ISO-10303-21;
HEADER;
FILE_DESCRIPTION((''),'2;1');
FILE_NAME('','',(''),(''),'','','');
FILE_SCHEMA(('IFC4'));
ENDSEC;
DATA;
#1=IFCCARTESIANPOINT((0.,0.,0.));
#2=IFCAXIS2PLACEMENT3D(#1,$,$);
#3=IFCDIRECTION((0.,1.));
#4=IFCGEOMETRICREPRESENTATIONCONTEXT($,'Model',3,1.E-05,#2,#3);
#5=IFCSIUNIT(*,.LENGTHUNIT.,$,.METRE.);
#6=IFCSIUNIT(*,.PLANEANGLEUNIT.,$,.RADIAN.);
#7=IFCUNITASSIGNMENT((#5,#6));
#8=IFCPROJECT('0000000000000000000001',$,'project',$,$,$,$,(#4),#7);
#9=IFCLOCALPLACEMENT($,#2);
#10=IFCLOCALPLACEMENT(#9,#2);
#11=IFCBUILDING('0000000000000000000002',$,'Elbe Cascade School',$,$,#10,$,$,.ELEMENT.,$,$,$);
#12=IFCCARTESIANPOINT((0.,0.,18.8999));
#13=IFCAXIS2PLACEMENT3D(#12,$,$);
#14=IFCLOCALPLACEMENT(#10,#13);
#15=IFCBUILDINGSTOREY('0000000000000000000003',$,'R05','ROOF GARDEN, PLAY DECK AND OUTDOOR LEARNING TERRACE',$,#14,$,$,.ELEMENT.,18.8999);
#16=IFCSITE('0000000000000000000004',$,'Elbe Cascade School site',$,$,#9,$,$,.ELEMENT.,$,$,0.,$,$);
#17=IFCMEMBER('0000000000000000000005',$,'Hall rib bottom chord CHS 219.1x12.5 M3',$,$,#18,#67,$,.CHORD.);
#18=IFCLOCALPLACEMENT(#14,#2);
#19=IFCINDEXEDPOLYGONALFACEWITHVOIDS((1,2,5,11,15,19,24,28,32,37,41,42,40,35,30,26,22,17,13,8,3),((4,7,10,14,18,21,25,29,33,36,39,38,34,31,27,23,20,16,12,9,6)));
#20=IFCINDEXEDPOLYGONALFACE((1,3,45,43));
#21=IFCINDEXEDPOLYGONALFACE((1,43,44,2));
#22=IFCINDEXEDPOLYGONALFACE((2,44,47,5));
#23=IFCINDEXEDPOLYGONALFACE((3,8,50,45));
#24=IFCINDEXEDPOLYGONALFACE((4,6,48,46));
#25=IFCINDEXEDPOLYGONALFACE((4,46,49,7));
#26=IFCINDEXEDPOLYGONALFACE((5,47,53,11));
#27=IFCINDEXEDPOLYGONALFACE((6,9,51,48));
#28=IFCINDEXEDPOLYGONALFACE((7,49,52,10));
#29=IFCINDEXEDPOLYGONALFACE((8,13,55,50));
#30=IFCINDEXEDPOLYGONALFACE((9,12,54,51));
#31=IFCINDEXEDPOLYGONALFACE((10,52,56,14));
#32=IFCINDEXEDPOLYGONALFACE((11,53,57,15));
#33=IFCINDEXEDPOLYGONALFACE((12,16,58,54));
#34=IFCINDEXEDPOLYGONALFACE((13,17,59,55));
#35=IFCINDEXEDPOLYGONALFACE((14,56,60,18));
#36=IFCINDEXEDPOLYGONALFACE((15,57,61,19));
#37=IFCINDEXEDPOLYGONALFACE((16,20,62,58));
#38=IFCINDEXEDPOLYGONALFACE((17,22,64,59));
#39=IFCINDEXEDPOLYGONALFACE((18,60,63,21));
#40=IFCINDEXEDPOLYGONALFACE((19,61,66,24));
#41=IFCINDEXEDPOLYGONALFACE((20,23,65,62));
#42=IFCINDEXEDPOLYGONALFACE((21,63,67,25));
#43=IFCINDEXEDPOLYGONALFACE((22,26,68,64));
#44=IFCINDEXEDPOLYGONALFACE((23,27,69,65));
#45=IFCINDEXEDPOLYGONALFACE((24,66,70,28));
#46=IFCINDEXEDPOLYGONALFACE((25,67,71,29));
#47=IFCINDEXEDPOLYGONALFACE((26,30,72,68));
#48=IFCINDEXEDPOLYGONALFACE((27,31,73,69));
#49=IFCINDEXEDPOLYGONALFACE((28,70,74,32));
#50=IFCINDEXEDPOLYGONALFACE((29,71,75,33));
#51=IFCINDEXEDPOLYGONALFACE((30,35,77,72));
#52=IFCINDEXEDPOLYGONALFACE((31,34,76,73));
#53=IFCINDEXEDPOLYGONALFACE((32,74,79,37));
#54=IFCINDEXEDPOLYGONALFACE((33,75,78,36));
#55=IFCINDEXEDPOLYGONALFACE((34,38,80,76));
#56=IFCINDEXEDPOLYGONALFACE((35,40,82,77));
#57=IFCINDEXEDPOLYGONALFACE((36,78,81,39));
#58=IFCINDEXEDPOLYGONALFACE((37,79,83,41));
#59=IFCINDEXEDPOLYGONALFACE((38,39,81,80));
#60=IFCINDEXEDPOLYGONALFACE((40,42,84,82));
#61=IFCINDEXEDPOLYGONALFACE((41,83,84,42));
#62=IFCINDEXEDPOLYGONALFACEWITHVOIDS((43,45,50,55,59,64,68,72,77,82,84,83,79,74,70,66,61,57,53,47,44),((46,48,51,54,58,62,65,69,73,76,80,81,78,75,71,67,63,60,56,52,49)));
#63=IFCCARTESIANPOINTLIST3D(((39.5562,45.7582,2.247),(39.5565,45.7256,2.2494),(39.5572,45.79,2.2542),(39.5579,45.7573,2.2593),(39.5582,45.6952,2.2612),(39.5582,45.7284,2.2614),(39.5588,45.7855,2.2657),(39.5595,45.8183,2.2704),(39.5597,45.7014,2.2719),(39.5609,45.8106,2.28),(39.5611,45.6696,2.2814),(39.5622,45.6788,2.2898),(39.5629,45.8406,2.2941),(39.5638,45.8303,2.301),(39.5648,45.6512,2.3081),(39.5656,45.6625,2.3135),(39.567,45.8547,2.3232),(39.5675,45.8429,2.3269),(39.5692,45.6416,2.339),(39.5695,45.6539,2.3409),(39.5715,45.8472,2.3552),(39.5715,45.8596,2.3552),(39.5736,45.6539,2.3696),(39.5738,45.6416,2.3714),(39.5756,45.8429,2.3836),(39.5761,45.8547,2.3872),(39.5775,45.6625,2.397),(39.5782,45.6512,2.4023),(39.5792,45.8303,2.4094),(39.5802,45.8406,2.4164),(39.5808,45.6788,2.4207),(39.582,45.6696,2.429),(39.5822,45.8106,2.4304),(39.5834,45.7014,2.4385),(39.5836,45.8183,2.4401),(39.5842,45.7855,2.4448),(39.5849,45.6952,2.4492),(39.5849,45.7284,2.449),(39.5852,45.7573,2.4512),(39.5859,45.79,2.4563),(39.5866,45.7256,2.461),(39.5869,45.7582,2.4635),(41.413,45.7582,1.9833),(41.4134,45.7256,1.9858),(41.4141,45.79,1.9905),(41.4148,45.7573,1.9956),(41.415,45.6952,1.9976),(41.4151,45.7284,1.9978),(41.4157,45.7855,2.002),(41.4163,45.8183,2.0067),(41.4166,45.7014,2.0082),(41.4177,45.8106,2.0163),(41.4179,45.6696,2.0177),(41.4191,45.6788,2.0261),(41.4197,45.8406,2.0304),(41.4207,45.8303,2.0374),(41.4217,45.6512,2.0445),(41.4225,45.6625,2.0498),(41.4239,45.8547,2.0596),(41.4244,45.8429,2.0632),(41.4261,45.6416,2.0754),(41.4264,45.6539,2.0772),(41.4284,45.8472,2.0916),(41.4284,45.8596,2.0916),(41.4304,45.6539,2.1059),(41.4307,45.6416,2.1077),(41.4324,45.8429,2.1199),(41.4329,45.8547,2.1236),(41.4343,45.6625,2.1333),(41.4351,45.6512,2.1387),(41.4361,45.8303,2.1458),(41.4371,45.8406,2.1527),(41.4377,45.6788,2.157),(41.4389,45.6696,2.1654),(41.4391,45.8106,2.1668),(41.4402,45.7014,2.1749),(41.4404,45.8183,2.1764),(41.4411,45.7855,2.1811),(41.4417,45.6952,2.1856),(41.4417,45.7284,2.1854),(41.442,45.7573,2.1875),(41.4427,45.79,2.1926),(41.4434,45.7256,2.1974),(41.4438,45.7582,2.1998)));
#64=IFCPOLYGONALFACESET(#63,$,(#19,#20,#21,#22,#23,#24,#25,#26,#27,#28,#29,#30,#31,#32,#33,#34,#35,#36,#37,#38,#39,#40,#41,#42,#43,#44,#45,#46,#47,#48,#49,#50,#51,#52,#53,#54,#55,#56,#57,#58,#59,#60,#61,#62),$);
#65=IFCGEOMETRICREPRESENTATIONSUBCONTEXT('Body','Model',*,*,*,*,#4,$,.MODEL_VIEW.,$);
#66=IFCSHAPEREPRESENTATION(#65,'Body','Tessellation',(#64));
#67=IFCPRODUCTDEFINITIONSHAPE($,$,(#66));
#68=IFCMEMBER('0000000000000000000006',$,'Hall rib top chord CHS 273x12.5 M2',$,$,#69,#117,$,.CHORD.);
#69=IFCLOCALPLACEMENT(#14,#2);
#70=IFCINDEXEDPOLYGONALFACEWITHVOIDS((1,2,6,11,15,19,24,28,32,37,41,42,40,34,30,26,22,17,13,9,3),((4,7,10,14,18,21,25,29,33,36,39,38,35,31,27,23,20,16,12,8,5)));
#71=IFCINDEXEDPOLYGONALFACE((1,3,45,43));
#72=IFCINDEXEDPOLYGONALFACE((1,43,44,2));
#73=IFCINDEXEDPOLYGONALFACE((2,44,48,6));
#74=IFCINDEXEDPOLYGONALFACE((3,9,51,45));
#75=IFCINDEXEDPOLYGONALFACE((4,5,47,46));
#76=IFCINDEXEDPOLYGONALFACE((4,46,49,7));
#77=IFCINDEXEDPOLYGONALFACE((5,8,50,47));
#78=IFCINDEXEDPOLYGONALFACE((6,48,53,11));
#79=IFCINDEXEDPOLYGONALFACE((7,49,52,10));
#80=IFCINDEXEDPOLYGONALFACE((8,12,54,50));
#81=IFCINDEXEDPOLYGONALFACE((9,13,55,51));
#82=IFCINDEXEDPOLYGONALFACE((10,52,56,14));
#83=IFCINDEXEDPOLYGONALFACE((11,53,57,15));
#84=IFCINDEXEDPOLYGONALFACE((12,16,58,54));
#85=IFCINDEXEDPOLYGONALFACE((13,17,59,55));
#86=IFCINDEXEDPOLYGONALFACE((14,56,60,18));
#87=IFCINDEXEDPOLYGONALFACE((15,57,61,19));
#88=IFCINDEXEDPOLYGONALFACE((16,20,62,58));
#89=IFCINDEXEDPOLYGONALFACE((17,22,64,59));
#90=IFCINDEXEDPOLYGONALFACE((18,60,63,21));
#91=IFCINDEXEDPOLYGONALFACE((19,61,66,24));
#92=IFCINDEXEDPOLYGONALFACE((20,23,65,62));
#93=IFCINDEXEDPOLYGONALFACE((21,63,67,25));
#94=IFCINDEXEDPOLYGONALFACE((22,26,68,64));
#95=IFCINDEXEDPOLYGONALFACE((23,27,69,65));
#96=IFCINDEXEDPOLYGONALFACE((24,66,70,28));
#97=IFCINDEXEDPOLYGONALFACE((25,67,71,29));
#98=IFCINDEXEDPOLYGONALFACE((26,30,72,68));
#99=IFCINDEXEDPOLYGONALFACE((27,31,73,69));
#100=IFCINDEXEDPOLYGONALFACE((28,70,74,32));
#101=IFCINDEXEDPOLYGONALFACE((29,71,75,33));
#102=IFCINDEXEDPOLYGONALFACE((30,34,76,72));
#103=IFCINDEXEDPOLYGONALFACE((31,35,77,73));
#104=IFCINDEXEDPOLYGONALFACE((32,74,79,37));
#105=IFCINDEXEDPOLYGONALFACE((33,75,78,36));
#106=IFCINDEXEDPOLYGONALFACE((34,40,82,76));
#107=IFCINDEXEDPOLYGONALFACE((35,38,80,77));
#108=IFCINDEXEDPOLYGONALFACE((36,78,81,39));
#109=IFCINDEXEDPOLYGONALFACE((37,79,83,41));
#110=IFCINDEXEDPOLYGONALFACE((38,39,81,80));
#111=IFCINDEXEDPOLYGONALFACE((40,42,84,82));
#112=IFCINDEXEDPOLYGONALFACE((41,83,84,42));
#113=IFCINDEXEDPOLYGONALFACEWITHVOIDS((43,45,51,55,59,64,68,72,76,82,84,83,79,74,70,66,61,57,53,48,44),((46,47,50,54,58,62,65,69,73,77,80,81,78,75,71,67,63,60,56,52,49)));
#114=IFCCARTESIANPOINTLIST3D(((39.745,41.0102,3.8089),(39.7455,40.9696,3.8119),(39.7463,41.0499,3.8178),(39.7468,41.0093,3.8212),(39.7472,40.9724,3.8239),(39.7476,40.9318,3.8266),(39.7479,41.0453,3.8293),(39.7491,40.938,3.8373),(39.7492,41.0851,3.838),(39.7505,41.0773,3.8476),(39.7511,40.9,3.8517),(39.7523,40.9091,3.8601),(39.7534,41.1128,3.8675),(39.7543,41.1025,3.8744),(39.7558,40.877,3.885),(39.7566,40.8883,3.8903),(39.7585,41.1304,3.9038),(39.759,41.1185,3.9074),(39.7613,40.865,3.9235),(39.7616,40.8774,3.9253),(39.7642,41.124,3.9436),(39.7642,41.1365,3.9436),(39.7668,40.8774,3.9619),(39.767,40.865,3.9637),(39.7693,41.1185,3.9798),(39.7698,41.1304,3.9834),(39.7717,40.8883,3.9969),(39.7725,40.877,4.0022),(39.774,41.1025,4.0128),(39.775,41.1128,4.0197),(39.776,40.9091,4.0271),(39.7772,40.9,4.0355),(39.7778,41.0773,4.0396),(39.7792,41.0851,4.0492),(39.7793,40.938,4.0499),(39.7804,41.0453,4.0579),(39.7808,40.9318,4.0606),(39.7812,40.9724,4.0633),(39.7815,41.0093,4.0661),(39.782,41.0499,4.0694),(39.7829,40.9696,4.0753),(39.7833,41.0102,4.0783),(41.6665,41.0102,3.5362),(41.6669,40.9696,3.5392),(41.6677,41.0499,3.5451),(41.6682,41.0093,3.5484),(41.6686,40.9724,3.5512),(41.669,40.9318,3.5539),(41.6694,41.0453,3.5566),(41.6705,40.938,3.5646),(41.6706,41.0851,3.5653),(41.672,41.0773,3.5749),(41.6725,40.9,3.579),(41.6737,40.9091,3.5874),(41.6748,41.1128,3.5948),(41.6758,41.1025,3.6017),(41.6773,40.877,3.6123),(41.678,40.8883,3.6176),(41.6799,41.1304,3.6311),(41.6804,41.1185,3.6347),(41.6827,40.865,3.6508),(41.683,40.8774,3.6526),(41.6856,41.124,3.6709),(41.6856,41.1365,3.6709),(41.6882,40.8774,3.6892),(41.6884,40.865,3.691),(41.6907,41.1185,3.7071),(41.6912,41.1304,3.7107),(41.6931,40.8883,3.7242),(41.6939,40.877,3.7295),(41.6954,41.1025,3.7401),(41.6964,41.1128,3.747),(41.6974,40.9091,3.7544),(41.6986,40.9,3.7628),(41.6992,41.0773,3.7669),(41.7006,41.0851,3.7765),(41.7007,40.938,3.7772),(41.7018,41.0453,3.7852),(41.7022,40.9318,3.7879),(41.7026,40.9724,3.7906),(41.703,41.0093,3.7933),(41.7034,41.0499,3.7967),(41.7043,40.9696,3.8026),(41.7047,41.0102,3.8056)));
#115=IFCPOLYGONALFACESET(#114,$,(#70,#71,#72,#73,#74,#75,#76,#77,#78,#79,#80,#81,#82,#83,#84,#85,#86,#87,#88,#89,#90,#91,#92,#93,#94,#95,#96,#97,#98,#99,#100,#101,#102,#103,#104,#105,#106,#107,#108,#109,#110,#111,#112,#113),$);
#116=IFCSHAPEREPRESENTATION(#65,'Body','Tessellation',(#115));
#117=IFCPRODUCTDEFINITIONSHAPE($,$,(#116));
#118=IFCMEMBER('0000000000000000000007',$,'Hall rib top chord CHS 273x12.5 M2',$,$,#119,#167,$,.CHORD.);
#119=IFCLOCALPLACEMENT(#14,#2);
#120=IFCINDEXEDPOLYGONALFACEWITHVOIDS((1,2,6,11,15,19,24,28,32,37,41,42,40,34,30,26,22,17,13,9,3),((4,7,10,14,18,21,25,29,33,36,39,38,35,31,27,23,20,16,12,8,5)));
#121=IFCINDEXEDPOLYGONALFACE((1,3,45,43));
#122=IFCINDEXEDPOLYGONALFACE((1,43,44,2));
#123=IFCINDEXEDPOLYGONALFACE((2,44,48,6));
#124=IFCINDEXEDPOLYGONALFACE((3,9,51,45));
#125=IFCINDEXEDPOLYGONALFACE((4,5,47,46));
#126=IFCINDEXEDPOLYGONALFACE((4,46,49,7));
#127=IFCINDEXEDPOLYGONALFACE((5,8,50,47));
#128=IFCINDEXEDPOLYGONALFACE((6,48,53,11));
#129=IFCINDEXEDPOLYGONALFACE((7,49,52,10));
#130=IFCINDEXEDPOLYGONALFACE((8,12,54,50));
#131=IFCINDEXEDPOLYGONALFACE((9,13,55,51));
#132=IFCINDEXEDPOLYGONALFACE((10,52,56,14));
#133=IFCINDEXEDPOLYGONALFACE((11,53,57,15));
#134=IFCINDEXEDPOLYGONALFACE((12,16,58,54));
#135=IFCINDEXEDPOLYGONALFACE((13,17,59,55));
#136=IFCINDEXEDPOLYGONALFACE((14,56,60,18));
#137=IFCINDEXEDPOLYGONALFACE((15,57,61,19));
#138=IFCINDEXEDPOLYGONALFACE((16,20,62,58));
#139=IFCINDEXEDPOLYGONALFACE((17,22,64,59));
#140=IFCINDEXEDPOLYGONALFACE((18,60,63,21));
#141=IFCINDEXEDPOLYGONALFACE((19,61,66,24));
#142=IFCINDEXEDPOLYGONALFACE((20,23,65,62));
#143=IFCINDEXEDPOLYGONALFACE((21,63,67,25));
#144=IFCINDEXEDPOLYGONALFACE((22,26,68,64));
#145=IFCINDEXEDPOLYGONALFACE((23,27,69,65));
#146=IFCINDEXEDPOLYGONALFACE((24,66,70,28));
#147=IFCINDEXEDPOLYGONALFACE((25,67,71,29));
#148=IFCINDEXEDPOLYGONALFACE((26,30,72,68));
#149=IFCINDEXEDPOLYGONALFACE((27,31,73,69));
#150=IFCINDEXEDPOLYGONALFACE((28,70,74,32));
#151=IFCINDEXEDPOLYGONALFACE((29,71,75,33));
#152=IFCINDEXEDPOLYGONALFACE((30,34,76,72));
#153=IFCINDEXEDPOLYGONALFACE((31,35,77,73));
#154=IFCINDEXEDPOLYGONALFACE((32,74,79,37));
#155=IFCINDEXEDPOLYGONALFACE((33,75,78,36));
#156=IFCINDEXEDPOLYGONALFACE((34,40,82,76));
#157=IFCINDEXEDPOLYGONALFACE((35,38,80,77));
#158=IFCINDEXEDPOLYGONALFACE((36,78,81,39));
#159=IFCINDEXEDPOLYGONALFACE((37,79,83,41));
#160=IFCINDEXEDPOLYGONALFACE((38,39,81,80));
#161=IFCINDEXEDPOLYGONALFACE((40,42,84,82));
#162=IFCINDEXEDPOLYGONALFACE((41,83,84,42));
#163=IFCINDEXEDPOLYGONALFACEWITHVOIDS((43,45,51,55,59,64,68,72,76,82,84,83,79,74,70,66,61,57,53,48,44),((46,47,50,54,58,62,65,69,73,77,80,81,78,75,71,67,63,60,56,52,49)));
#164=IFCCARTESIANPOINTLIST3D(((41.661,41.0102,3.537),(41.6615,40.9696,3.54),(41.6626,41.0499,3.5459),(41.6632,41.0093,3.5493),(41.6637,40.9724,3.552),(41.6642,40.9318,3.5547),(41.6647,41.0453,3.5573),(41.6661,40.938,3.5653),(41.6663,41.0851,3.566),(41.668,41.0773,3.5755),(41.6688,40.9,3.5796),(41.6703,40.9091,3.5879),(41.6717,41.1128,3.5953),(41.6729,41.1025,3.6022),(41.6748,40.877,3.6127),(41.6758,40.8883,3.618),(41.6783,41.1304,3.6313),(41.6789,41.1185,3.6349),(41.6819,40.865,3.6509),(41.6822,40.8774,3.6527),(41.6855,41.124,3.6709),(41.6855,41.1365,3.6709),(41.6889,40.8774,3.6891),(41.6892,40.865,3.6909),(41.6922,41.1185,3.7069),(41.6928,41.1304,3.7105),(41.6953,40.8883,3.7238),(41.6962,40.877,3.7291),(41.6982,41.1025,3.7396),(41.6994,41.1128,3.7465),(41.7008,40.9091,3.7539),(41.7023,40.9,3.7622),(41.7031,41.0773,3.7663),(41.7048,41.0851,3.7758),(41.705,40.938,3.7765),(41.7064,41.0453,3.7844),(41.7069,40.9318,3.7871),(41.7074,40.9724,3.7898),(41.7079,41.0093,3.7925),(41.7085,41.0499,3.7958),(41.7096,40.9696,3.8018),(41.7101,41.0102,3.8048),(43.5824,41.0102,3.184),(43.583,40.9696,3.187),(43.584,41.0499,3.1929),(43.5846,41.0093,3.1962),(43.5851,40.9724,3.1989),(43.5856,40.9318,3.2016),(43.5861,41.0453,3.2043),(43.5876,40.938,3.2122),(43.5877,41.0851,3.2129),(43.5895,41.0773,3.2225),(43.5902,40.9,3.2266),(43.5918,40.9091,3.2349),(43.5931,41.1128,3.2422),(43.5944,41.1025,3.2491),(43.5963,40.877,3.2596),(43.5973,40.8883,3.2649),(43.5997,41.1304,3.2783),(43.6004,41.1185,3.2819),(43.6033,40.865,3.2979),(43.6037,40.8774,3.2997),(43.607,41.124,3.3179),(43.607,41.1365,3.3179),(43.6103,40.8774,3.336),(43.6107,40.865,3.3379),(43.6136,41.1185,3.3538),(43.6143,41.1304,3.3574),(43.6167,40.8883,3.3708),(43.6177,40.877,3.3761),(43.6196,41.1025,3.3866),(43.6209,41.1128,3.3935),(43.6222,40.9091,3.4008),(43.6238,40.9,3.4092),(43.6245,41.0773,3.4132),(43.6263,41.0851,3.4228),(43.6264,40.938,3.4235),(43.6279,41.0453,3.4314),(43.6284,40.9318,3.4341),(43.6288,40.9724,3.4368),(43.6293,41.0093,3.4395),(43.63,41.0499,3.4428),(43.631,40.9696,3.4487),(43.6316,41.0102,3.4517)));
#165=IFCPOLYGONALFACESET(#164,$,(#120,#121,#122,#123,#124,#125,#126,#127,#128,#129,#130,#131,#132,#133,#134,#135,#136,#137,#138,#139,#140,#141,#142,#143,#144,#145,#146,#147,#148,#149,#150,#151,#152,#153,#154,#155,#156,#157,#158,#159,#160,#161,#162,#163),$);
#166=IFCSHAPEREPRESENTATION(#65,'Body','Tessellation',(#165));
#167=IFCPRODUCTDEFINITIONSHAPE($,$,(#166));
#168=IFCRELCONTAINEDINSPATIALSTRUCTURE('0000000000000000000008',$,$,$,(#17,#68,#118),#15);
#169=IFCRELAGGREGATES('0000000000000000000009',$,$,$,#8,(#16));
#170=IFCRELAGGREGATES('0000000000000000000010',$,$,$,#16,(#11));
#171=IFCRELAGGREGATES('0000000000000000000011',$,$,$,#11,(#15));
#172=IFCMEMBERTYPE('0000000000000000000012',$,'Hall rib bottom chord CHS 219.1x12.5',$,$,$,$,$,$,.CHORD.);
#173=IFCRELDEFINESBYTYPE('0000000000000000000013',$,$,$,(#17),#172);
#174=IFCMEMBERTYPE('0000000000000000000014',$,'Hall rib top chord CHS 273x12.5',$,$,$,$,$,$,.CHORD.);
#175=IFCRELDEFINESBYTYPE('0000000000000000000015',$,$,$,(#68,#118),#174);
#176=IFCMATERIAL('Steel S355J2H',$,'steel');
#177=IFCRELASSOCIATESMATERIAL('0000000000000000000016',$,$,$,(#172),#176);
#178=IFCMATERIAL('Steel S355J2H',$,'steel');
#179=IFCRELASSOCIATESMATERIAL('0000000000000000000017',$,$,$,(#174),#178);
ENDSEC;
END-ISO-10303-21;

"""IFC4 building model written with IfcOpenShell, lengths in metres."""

from ifc_helpers import new_model, si_unit, direction, frame, origin, origin_2d, place, context, subcontext, project, spatial, hollow_circle, extrude, material, material_profile, profile_set, type_object, element, save


model = new_model("IFC4")

# Units and contexts
model_context = context("Model", 3, precision=1e-05, world=origin(), true_north=direction((0.0, 1.0)))
body_context = subcontext(model_context, "Body", "Model", "MODEL_VIEW")
ifc_project = project(units=[si_unit("LENGTHUNIT", "METRE"), si_unit("PLANEANGLEUNIT", "RADIAN")], contexts=[model_context])

# Site, building, storey
site_placement = place(None, origin())
site = spatial("IfcSite", under=ifc_project, at=site_placement, Name="Elbe Cascade School site", CompositionType="ELEMENT", RefElevation=0.0)
building_placement = place(site_placement, origin())
building = spatial("IfcBuilding", under=site, at=building_placement, Name="Elbe Cascade School", CompositionType="ELEMENT")
storey_placement = place(building_placement, frame((0.0, 0.0, 18.8999)))
storey = spatial("IfcBuildingStorey", under=building, at=storey_placement, Name="R05", Description="ROOF GARDEN, PLAY DECK AND OUTDOOR LEARNING TERRACE", CompositionType="ELEMENT", Elevation=18.8999)

# Members
ifc_material_1 = material(Name="Steel S355J2H", Category="steel")
ifc_material_profile_1 = material_profile(ifc_material_1, hollow_circle(Radius=0.1096, WallThickness=0.0125, at=origin_2d()), Name="CHS 219.1x12.5")
ifc_profile_set_1 = profile_set([ifc_material_profile_1], Name="Steel S355J2H")
member_type_1 = type_object("IfcMemberType", Name="Hall rib bottom chord CHS 219.1x12.5", PredefinedType="CHORD", material=ifc_profile_set_1)
member_1_placement = place(storey_placement, frame((39.5715, 45.75, 2.3552), z_axis=(0.990069, 0.0, -0.140583), x_axis=(0.0, 1.0, 0.0)))
element("IfcMember", 1, at=member_1_placement, inside=storey, type_object=member_type_1, Name="Hall rib bottom chord CHS 219.1x12.5 M3", PredefinedType="CHORD", context=body_context, shape_type="SweptSolid", body=[
    extrude(hollow_circle(Radius=0.1096, WallThickness=0.0125, at=origin_2d()), origin(), (0.0, 0.0, 1.0), 1.8755),
])
ifc_material_2 = material(Name="Steel S355J2H", Category="steel")
ifc_material_profile_2 = material_profile(ifc_material_2, hollow_circle(Radius=0.1365, WallThickness=0.0125, at=origin_2d()), Name="CHS 273x12.5")
ifc_profile_set_2 = profile_set([ifc_material_profile_2], Name="Steel S355J2H")
member_type_2 = type_object("IfcMemberType", Name="Hall rib top chord CHS 273x12.5", PredefinedType="CHORD", material=ifc_profile_set_2)
member_2_placement = place(storey_placement, frame((39.7642, 41.0, 3.9436), z_axis=(0.990077, 0.0, -0.140523), x_axis=(0.0, 1.0, 0.0)))
element("IfcMember", 2, at=member_2_placement, inside=storey, type_object=member_type_2, Name="Hall rib top chord CHS 273x12.5 M2", PredefinedType="CHORD", context=body_context, shape_type="SweptSolid", body=[
    extrude(hollow_circle(Radius=0.1365, WallThickness=0.0125, at=origin_2d()), origin(), (0.0, 0.0, 1.0), 1.9407),
])
member_3_placement = place(storey_placement, frame((41.6855, 41.0, 3.6709), z_axis=(0.983536, 0.0, -0.180711), x_axis=(0.0, 1.0, 0.0)))
element("IfcMember", 3, at=member_3_placement, inside=storey, type_object=member_type_2, Name="Hall rib top chord CHS 273x12.5 M2", PredefinedType="CHORD", context=body_context, shape_type="SweptSolid", body=[
    extrude(hollow_circle(Radius=0.1365, WallThickness=0.0125, at=origin_2d()), origin(), (0.0, 0.0, 1.0), 1.9536),
])

save(model, "model.ifc")
